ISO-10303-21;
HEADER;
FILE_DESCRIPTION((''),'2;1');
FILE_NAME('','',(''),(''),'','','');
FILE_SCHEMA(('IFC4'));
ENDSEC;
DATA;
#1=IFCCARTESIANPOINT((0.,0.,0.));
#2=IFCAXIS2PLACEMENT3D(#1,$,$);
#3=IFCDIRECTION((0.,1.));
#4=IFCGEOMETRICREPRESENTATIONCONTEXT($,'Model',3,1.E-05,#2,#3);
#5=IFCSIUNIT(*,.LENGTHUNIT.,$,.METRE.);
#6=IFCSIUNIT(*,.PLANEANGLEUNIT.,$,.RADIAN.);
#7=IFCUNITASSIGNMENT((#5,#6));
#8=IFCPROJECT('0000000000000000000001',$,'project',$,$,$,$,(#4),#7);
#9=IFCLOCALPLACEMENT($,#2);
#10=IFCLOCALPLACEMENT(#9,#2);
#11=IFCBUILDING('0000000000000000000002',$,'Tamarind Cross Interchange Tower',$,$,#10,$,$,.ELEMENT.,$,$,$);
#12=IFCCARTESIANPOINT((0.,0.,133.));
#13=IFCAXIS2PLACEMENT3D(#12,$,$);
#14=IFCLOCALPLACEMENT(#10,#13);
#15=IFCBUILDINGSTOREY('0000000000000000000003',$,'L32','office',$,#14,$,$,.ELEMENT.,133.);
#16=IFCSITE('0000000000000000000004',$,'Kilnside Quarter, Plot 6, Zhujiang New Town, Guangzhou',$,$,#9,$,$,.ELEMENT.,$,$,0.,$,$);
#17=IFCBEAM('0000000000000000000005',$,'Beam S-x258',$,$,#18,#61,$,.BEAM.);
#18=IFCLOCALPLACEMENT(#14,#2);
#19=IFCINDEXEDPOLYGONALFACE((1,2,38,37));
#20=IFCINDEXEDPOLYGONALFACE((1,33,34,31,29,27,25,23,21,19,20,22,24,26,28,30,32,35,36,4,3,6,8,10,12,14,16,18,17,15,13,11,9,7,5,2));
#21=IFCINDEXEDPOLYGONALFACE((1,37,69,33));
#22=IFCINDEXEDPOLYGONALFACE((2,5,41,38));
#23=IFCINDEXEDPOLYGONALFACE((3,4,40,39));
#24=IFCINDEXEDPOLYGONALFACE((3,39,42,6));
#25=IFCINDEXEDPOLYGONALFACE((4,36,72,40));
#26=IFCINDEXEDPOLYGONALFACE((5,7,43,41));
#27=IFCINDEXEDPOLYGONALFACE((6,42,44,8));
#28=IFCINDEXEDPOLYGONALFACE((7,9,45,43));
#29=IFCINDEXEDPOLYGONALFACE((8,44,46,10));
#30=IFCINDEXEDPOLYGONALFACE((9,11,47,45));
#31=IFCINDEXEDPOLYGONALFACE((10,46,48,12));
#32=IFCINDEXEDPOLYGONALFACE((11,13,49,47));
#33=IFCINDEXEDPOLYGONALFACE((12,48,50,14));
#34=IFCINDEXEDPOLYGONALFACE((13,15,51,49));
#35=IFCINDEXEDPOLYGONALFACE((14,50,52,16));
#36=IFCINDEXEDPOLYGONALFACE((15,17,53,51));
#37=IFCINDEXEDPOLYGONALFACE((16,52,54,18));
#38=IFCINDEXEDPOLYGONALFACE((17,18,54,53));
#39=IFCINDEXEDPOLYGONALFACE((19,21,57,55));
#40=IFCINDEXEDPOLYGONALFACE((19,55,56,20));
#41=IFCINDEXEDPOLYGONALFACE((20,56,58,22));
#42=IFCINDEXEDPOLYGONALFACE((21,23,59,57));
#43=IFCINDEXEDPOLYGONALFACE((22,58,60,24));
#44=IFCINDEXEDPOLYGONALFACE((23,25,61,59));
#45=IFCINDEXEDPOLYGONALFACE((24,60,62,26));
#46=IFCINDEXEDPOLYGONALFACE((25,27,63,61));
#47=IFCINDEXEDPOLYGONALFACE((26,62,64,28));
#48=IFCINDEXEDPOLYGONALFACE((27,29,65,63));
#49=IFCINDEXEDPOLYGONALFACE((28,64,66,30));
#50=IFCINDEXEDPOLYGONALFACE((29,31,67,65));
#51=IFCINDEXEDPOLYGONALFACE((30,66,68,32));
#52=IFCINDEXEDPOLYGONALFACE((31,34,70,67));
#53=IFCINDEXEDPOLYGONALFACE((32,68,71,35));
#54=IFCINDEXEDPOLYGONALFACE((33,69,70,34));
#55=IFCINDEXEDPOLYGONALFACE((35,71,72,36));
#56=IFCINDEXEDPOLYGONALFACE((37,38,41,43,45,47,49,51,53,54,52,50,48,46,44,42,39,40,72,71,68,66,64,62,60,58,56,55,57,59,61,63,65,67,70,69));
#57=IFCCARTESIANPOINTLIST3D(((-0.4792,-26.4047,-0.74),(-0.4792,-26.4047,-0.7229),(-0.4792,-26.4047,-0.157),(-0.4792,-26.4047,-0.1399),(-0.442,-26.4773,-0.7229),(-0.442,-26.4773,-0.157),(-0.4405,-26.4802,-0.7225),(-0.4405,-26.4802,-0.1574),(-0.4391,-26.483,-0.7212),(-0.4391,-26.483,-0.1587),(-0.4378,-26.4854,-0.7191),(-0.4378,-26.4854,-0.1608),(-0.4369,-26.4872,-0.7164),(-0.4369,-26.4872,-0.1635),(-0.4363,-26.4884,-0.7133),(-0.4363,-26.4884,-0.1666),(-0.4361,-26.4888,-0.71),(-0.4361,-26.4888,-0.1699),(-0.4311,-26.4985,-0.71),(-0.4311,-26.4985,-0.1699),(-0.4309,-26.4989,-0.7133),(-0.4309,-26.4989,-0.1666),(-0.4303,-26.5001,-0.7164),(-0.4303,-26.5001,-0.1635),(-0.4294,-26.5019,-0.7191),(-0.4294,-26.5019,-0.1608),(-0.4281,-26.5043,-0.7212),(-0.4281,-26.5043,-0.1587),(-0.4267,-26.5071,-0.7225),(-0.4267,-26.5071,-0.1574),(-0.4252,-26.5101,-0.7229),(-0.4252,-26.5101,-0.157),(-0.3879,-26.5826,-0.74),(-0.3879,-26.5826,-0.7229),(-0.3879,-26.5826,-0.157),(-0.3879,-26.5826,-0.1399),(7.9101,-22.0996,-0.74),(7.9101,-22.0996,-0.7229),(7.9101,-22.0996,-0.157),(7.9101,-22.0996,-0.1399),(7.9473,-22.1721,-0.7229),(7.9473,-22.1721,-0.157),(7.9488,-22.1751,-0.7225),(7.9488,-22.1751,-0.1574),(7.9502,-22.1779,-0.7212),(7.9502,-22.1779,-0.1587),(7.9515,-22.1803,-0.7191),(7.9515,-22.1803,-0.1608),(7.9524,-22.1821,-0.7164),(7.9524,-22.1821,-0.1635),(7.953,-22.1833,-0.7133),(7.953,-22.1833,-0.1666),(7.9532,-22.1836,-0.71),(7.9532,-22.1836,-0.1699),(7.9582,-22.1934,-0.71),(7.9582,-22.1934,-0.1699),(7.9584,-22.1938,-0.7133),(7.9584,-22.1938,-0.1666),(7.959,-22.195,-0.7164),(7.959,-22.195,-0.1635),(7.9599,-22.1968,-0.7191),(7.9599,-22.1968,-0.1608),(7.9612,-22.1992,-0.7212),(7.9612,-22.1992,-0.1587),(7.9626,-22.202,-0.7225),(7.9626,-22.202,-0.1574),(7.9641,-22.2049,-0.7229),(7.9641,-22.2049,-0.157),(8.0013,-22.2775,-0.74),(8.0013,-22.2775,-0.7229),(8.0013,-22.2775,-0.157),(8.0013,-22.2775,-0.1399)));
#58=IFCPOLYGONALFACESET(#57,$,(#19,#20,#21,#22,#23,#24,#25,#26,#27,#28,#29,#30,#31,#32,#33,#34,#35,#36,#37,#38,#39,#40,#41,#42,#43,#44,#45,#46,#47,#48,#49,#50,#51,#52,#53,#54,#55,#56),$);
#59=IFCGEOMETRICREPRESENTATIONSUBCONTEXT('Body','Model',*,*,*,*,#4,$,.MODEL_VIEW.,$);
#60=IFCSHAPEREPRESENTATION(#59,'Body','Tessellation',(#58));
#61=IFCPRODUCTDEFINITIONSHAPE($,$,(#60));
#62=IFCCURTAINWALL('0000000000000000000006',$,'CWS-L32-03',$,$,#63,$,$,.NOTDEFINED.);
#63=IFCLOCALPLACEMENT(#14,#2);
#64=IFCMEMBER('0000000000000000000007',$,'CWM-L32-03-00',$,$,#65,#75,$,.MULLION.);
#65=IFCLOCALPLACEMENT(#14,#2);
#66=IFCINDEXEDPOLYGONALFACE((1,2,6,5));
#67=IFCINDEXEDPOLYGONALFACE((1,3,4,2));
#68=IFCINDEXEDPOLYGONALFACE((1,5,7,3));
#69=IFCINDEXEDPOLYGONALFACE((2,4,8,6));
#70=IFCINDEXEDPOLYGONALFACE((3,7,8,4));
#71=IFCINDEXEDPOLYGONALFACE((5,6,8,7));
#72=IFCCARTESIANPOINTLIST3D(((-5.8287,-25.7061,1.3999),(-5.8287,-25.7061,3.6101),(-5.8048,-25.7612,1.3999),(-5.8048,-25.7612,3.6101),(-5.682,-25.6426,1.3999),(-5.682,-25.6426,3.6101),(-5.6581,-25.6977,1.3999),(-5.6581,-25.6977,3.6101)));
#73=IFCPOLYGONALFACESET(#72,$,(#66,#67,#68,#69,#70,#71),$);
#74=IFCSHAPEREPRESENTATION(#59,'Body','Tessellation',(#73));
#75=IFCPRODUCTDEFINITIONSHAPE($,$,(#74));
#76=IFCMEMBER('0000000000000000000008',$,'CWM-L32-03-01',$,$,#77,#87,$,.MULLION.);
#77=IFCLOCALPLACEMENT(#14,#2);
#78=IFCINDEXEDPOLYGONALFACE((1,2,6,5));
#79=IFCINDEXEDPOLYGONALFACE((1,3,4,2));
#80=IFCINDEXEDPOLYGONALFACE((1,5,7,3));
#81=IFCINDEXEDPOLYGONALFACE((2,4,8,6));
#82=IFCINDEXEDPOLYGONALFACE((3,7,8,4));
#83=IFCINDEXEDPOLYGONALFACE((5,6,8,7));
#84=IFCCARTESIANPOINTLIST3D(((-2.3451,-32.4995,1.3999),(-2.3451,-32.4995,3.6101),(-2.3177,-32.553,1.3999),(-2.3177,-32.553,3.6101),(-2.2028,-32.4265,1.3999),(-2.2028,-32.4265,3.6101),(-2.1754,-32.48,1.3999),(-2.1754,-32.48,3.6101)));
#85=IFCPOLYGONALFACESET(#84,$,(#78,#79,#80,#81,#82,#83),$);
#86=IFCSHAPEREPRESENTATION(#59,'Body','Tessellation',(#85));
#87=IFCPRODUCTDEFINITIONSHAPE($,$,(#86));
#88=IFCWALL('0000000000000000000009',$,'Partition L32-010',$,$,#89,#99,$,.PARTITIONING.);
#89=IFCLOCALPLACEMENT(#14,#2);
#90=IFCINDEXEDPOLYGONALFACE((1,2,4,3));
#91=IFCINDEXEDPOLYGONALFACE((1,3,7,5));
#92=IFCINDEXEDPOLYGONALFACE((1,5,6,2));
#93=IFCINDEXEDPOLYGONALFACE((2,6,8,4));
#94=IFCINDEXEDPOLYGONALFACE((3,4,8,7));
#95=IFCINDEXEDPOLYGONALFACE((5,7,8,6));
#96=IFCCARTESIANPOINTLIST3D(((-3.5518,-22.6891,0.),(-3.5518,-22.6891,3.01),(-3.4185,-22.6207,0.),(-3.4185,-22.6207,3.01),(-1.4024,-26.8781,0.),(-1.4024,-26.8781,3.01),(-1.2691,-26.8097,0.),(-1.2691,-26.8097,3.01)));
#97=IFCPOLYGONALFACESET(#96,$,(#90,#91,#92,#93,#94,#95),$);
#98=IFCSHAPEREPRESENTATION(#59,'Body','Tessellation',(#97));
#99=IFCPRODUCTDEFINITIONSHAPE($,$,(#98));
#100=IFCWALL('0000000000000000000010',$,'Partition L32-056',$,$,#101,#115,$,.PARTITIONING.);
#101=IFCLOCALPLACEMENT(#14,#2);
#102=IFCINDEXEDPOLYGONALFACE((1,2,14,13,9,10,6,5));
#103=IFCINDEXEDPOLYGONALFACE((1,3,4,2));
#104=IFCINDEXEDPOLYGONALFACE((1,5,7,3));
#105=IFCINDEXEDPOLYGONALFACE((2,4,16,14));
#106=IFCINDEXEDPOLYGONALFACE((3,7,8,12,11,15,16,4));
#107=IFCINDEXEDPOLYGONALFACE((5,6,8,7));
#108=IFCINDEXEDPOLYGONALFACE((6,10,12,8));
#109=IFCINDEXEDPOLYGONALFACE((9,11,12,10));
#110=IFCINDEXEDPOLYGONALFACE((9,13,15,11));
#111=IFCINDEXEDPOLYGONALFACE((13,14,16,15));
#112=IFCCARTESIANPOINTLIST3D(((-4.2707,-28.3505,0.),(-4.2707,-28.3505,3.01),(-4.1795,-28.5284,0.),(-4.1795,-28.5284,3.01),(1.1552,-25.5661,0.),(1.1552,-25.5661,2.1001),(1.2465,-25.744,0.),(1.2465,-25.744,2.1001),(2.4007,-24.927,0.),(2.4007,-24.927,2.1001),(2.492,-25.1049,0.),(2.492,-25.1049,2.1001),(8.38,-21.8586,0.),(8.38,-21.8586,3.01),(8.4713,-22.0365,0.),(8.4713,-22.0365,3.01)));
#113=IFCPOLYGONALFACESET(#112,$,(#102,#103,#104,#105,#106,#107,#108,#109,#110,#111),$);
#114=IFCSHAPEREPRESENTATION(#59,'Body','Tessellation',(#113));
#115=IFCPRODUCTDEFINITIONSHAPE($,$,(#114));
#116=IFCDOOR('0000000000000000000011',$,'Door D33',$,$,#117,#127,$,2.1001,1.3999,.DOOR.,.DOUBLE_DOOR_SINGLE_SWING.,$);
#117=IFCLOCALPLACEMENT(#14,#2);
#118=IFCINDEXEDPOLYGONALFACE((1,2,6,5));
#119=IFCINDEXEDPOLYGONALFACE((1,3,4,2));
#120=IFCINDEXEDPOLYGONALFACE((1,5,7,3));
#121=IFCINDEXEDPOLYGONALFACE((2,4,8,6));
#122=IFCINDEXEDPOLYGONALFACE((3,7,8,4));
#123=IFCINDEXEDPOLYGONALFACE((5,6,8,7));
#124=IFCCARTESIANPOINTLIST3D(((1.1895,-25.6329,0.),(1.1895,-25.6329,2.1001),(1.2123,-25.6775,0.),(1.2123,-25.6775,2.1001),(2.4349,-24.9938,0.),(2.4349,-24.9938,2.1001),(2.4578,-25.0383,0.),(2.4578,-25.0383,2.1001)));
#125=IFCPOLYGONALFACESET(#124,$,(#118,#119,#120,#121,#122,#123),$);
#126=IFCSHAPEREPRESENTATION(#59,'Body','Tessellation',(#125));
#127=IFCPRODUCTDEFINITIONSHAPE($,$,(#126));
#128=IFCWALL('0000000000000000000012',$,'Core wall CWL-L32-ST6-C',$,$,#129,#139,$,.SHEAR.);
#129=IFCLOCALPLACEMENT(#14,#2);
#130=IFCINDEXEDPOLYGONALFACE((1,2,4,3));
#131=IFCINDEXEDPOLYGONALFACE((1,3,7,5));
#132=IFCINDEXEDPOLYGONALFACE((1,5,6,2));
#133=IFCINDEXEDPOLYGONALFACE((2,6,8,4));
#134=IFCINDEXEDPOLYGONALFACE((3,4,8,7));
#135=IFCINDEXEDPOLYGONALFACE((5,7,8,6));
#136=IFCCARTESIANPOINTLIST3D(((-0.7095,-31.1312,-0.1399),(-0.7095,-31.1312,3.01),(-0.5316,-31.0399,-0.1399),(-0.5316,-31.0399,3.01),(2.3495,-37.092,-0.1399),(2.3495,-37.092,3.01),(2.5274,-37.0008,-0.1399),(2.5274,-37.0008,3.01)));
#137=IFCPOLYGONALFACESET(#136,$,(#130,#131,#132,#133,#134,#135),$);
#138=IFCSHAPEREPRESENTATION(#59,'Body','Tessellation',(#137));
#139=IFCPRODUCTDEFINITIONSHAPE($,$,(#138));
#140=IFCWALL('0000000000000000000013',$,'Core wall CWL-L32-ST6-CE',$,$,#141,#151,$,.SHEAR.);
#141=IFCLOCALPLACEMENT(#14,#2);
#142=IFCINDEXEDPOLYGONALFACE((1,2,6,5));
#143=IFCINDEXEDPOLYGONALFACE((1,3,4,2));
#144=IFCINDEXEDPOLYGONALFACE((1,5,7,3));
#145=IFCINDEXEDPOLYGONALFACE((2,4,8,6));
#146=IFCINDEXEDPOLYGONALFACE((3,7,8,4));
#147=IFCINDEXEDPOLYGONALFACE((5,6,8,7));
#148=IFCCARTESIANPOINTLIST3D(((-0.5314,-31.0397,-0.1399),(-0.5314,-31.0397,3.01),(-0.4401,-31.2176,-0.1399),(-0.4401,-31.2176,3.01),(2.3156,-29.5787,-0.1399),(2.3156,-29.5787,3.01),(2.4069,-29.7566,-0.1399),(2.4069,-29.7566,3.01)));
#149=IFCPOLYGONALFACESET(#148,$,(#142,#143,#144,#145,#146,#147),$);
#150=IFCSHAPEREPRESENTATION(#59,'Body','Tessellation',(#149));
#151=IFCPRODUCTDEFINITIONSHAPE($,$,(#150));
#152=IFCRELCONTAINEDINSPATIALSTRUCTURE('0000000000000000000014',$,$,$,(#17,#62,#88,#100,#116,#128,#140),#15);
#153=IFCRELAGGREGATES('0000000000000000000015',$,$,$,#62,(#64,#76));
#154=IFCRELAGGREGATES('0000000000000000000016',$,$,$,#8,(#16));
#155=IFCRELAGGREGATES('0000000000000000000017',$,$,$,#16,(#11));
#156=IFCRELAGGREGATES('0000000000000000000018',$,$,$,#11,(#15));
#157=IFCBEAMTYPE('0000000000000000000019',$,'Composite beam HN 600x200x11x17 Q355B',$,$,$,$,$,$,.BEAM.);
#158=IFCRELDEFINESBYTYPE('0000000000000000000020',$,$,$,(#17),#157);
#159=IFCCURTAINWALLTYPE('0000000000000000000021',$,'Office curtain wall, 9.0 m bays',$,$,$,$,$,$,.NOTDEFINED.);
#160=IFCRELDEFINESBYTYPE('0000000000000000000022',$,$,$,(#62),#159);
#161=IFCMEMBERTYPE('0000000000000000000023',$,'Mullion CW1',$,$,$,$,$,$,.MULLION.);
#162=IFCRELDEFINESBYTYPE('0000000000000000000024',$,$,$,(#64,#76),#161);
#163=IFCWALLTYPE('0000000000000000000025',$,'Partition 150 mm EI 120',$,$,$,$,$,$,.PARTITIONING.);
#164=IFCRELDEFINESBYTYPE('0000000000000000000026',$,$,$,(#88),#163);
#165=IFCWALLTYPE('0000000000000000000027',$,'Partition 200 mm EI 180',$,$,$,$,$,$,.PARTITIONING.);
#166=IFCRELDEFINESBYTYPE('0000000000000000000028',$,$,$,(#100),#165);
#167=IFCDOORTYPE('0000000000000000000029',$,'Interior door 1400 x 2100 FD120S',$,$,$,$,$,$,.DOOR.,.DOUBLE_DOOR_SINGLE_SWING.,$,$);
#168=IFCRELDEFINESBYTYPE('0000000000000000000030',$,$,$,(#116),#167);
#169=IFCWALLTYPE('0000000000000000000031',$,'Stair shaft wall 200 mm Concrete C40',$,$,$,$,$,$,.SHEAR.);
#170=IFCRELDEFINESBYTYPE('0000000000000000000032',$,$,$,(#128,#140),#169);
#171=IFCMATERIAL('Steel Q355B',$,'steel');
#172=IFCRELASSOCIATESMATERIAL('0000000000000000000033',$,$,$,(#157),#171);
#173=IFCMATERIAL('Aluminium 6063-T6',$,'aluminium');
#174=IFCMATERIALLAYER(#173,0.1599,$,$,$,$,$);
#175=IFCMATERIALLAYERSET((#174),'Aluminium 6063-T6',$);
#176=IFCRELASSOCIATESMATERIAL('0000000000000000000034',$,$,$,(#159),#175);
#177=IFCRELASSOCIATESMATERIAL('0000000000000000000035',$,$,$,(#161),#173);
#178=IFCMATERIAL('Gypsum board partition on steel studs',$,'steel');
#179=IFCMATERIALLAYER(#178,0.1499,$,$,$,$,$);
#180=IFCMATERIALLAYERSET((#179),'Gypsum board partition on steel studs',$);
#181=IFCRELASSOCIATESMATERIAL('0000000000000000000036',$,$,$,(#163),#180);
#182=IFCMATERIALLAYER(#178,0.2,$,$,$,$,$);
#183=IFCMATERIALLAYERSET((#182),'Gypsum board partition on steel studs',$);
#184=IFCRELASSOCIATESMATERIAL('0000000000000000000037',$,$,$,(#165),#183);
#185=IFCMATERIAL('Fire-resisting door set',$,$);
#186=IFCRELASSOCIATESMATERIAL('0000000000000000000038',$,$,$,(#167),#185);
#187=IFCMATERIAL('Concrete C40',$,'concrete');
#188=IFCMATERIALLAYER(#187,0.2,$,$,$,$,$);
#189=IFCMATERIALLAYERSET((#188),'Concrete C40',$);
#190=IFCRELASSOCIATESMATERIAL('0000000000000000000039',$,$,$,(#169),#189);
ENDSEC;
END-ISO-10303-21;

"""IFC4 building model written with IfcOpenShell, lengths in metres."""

from ifc_helpers import new_model, si_unit, direction, frame, frame_2d, origin, origin_2d, place, context, subcontext, project, spatial, rectangle, i_section, extrude, material, layer, layer_set, material_profile, profile_set, type_object, element, fill, aggregate, save


model = new_model("IFC4")

# Units and contexts
model_context = context("Model", 3, precision=1e-05, world=origin(), true_north=direction((0.0, 1.0)))
body_context = subcontext(model_context, "Body", "Model", "MODEL_VIEW")
ifc_project = project(units=[si_unit("LENGTHUNIT", "METRE"), si_unit("PLANEANGLEUNIT", "RADIAN")], contexts=[model_context])

# Site, building, storey
site_placement = place(None, origin())
site = spatial("IfcSite", under=ifc_project, at=site_placement, Name="Kilnside Quarter, Plot 6, Zhujiang New Town, Guangzhou", CompositionType="ELEMENT", RefElevation=0.0)
building_placement = place(site_placement, origin())
building = spatial("IfcBuilding", under=site, at=building_placement, Name="Tamarind Cross Interchange Tower", CompositionType="ELEMENT")
storey_placement = place(building_placement, frame((0.0, 0.0, 133.0)))
storey = spatial("IfcBuildingStorey", under=building, at=storey_placement, Name="L32", Description="office", CompositionType="ELEMENT", Elevation=133.0)

# Beam
ifc_material_1 = material(Name="Steel Q355B", Category="steel")
ifc_material_profile_1 = material_profile(ifc_material_1, i_section(OverallWidth=0.2, OverallDepth=0.6001, WebThickness=0.011, FlangeThickness=0.0171, FilletRadius=0.0129, at=origin_2d()), Name="HN 600x200x11x17")
ifc_profile_set_1 = profile_set([ifc_material_profile_1], Name="Steel Q355B")
beam_type_1 = type_object("IfcBeamType", Name="Composite beam HN 600x200x11x17 Q355B", PredefinedType="BEAM", material=ifc_profile_set_1)
beam_1_placement = place(storey_placement, frame((-0.4336, -26.4937, -0.4399), z_axis=(0.889692, 0.456562, 0.0), x_axis=(-0.456562, 0.889692, 0.0)))
element("IfcBeam", 1, at=beam_1_placement, inside=storey, type_object=beam_type_1, Name="Beam S-x258", PredefinedType="BEAM", context=body_context, shape_type="SweptSolid", body=[
    extrude(i_section(OverallWidth=0.2, OverallDepth=0.6001, WebThickness=0.011, FlangeThickness=0.0171, FilletRadius=0.0129, at=origin_2d()), origin(), (0.0, 0.0, 1.0), 9.4294),
])

# Curtain wall, members
ifc_material_2 = material(Name="Aluminium 6063-T6", Category="aluminium")
ifc_layer_1 = layer(ifc_material_2, 0.1599)
ifc_layer_set_1 = layer_set([ifc_layer_1], Name="Aluminium 6063-T6")
curtain_wall_type = type_object("IfcCurtainWallType", Name="Office curtain wall, 9.0 m bays", PredefinedType="NOTDEFINED", material=ifc_layer_set_1)
curtain_wall_placement = place(storey_placement, origin())
curtain_wall = element("IfcCurtainWall", 2, at=curtain_wall_placement, inside=storey, type_object=curtain_wall_type, Name="CWS-L32-03", PredefinedType="NOTDEFINED")
ifc_material_profile_2 = material_profile(ifc_material_2, rectangle(XDim=0.0601, YDim=0.1599, at=origin_2d()), Name="Mullion CW1")
ifc_profile_set_2 = profile_set([ifc_material_profile_2], Name="Aluminium 6063-T6")
member_type = type_object("IfcMemberType", Name="Mullion CW1", PredefinedType="MULLION", material=ifc_profile_set_2)
member_1_placement = place(storey_placement, frame((-5.7434, -25.7019, 1.3999), z_axis=(0.0, 0.0, 1.0), x_axis=(0.397385, -0.917652, 0.0)))
member_1 = element("IfcMember", 3, at=member_1_placement, type_object=member_type, Name="CWM-L32-03-00", PredefinedType="MULLION", context=body_context, shape_type="SweptSolid", body=[
    extrude(rectangle(XDim=0.0601, YDim=0.1599, at=origin_2d()), origin(), (0.0, 0.0, 1.0), 2.2102),
])
member_2_placement = place(storey_placement, frame((-2.2603, -32.4897, 1.3999), z_axis=(0.0, 0.0, 1.0), x_axis=(0.456551, -0.889697, 0.0)))
member_2 = element("IfcMember", 4, at=member_2_placement, type_object=member_type, Name="CWM-L32-03-01", PredefinedType="MULLION", context=body_context, shape_type="SweptSolid", body=[
    extrude(rectangle(XDim=0.0601, YDim=0.1599, at=origin_2d()), origin(), (0.0, 0.0, 1.0), 2.2102),
])
aggregate(curtain_wall, [member_1, member_2])

# Wall
ifc_material_3 = material(Name="Gypsum board partition on steel studs", Category="steel")
ifc_layer_2 = layer(ifc_material_3, 0.1499)
ifc_layer_set_2 = layer_set([ifc_layer_2], Name="Gypsum board partition on steel studs")
wall_type_1 = type_object("IfcWallType", Name="Partition 150 mm EI 120", PredefinedType="PARTITIONING", material=ifc_layer_set_2)
wall_1_placement = place(storey_placement, frame((-3.4851, -22.655, 0.0), z_axis=(0.0, 0.0, 1.0), x_axis=(0.456523, -0.889712, 0.0)))
element("IfcWall", 5, at=wall_1_placement, inside=storey, type_object=wall_type_1, Name="Partition L32-010", PredefinedType="PARTITIONING", context=body_context, shape_type="SweptSolid", body=[
    extrude(rectangle(XDim=4.7083, YDim=0.1499, at=frame_2d((2.354, 0.0))), origin(), (0.0, 0.0, 1.0), 3.01),
])

# Wall, opening, door
ifc_layer_3 = layer(ifc_material_3, 0.2)
ifc_layer_set_3 = layer_set([ifc_layer_3], Name="Gypsum board partition on steel studs")
wall_type_2 = type_object("IfcWallType", Name="Partition 200 mm EI 180", PredefinedType="PARTITIONING", material=ifc_layer_set_3)
wall_2_placement = place(storey_placement, frame((-4.2251, -28.4395, 0.0), z_axis=(0.0, 0.0, 1.0), x_axis=(0.889694, 0.456557, 0.0)))
wall_2 = element("IfcWall", 6, at=wall_2_placement, inside=storey, type_object=wall_type_2, Name="Partition L32-056", PredefinedType="PARTITIONING", context=body_context, shape_type="SweptSolid", body=[
    extrude(rectangle(XDim=14.2192, YDim=0.2, at=frame_2d((7.1096, 0.0))), origin(), (0.0, 0.0, 1.0), 3.01),
])
opening_placement = place(wall_2_placement, frame((6.0986, 0.0, 0.0)))
opening = element("IfcOpeningElement", 7, at=opening_placement, cuts=wall_2, PredefinedType="OPENING", context=body_context, shape_type="SweptSolid", body=[
    extrude(rectangle(XDim=1.3999, YDim=2.1001, at=frame_2d((0.7, 1.05))), frame((0.0, 0.1099, 0.0), z_axis=(0.0, -1.0, 0.0), x_axis=(1.0, 0.0, 0.0)), (0.0, 0.0, 1.0), 0.22),
])
ifc_material_4 = material(Name="Fire-resisting door set")
door_type = type_object("IfcDoorType", Name="Interior door 1400 x 2100 FD120S", OperationType="DOUBLE_DOOR_SINGLE_SWING", PredefinedType="DOOR", material=ifc_material_4)
door_placement = place(opening_placement, origin())
door = element("IfcDoor", 8, at=door_placement, inside=storey, type_object=door_type, Name="Door D33", OperationType="DOUBLE_DOOR_SINGLE_SWING", OverallHeight=2.1001, OverallWidth=1.3999, PredefinedType="DOOR", context=body_context, shape_type="SweptSolid", body=[
    extrude(rectangle(XDim=1.3999, YDim=2.1001, at=frame_2d((0.7, 1.05))), frame((0.0, 0.0249, 0.0), z_axis=(0.0, -1.0, 0.0), x_axis=(1.0, 0.0, 0.0)), (0.0, 0.0, 1.0), 0.05),
])
fill(opening, door)

# Walls
ifc_material_5 = material(Name="Concrete C40", Category="concrete")
ifc_layer_4 = layer(ifc_material_5, 0.2)
ifc_layer_set_4 = layer_set([ifc_layer_4], Name="Concrete C40")
wall_type_3 = type_object("IfcWallType", Name="Stair shaft wall 200 mm Concrete C40", PredefinedType="SHEAR", material=ifc_layer_set_4)
wall_3_placement = place(storey_placement, frame((-0.6206, -31.0854, -0.1399), z_axis=(0.0, 0.0, 1.0), x_axis=(0.456576, -0.889685, 0.0)))
element("IfcWall", 9, at=wall_3_placement, inside=storey, type_object=wall_type_3, Name="Core wall CWL-L32-ST6-C", PredefinedType="SHEAR", context=body_context, shape_type="SweptSolid", body=[
    extrude(rectangle(XDim=6.7, YDim=0.2, at=frame_2d((3.3501, 0.0))), origin(), (0.0, 0.0, 1.0), 3.1499),
])
wall_4_placement = place(storey_placement, frame((-0.4858, -31.1287, -0.1399), z_axis=(0.0, 0.0, 1.0), x_axis=(0.889694, 0.456558, 0.0)))
element("IfcWall", 10, at=wall_4_placement, inside=storey, type_object=wall_type_3, Name="Core wall CWL-L32-ST6-CE", PredefinedType="SHEAR", context=body_context, shape_type="SweptSolid", body=[
    extrude(rectangle(XDim=3.2, YDim=0.2, at=frame_2d((1.6001, 0.0))), origin(), (0.0, 0.0, 1.0), 3.1499),
])

save(model, "model.ifc")
